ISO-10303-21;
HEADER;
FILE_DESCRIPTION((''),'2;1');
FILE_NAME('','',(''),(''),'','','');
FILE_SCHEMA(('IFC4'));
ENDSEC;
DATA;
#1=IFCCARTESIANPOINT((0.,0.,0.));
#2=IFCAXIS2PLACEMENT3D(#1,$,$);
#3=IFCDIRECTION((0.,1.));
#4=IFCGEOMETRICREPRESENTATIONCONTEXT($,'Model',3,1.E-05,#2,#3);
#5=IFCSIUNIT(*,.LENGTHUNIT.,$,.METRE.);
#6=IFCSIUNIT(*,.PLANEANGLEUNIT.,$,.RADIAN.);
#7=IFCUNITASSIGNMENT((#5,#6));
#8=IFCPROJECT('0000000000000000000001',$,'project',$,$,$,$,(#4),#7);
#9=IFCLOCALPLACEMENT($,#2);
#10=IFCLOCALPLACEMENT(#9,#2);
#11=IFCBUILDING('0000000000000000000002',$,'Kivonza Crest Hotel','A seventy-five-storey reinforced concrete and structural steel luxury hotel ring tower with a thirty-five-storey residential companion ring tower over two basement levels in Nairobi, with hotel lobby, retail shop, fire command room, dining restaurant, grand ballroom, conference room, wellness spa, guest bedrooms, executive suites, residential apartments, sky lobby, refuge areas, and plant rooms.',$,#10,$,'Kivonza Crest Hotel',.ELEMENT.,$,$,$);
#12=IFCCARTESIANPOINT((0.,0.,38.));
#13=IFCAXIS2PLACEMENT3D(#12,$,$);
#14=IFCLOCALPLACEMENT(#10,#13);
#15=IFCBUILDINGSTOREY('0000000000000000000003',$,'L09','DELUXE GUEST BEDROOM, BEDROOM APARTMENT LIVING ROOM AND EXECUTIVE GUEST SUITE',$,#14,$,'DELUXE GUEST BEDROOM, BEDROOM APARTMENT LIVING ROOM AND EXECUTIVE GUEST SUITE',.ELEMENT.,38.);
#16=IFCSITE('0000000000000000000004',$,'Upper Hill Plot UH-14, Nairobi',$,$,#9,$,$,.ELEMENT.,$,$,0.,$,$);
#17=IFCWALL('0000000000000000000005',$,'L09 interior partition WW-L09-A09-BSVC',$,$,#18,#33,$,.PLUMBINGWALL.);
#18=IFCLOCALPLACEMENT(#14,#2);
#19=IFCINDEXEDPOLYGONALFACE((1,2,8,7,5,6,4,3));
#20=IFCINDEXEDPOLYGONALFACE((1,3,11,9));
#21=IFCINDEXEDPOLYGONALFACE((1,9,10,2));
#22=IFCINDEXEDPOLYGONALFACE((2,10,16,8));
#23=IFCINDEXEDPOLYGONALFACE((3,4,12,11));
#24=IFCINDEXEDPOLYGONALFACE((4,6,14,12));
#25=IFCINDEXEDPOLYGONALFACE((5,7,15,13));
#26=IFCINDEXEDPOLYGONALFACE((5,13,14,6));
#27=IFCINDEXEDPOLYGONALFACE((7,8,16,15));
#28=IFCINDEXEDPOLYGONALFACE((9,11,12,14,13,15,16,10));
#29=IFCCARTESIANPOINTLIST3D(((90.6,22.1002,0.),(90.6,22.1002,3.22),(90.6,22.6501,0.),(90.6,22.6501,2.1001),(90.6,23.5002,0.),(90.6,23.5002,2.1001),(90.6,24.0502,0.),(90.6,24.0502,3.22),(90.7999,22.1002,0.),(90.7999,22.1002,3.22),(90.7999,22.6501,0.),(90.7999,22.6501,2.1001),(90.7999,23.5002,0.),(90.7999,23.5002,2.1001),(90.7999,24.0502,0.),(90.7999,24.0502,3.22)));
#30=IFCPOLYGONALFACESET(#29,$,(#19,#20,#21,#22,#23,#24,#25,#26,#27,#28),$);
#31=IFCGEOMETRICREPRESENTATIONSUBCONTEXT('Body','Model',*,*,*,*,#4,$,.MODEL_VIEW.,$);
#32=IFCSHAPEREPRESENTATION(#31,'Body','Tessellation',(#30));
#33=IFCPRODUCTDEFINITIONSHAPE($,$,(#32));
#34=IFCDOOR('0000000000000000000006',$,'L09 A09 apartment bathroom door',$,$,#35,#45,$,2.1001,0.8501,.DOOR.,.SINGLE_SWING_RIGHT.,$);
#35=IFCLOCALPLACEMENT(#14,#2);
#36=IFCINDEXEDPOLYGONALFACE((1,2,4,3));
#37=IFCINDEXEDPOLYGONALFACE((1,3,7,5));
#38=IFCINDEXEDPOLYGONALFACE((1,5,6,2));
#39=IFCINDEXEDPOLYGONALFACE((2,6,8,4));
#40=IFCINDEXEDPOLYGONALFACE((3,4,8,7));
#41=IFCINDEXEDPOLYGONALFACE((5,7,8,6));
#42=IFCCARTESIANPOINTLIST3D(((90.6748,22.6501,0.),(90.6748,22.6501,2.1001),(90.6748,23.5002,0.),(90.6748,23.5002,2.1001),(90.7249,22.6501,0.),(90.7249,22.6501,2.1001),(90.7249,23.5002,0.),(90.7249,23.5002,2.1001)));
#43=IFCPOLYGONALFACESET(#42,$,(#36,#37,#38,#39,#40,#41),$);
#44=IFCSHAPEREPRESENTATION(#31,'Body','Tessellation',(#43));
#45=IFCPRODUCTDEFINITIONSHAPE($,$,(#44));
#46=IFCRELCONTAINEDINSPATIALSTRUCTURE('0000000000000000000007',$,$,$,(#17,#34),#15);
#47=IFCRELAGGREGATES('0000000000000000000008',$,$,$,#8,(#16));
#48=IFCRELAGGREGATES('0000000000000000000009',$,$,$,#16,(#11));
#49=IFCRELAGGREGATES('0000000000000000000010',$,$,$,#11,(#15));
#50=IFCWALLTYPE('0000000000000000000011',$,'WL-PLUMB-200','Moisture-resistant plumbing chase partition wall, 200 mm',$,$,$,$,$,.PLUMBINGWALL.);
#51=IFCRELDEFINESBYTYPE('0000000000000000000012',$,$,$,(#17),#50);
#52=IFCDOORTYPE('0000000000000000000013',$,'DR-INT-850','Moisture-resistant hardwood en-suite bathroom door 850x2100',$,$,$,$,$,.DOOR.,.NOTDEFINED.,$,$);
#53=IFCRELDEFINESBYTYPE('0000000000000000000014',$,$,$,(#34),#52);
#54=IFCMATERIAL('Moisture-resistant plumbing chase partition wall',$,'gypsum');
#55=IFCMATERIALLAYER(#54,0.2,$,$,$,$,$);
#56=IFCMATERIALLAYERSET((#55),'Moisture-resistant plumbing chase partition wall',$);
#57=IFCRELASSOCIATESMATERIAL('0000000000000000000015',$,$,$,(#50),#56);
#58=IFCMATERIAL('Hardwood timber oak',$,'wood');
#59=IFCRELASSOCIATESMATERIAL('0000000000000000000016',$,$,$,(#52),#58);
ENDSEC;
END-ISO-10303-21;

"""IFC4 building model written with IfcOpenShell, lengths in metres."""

from ifc_helpers import new_model, si_unit, direction, frame, frame_2d, origin, place, context, subcontext, project, spatial, rectangle, extrude, material, layer, layer_set, type_object, element, fill, save


model = new_model("IFC4")

# Units and contexts
model_context = context("Model", 3, precision=1e-05, world=origin(), true_north=direction((0.0, 1.0)))
body_context = subcontext(model_context, "Body", "Model", "MODEL_VIEW")
ifc_project = project(units=[si_unit("LENGTHUNIT", "METRE"), si_unit("PLANEANGLEUNIT", "RADIAN")], contexts=[model_context])

# Site, building, storey
site_placement = place(None, origin())
site = spatial("IfcSite", under=ifc_project, at=site_placement, Name="Upper Hill Plot UH-14, Nairobi", CompositionType="ELEMENT", RefElevation=0.0)
building_placement = place(site_placement, origin())
building = spatial("IfcBuilding", under=site, at=building_placement, Name="Kivonza Crest Hotel", Description="A seventy-five-storey reinforced concrete and structural steel luxury hotel ring tower with a thirty-five-storey residential companion ring tower over two basement levels in Nairobi, with hotel lobby, retail shop, fire command room, dining restaurant, grand ballroom, conference room, wellness spa, guest bedrooms, executive suites, residential apartments, sky lobby, refuge areas, and plant rooms.", LongName="Kivonza Crest Hotel", CompositionType="ELEMENT")
storey_placement = place(building_placement, frame((0.0, 0.0, 38.0)))
storey = spatial("IfcBuildingStorey", under=building, at=storey_placement, Name="L09", Description="DELUXE GUEST BEDROOM, BEDROOM APARTMENT LIVING ROOM AND EXECUTIVE GUEST SUITE", LongName="DELUXE GUEST BEDROOM, BEDROOM APARTMENT LIVING ROOM AND EXECUTIVE GUEST SUITE", CompositionType="ELEMENT", Elevation=38.0)

# Shared definitions
ifc_material_1 = material(Name="Hardwood timber oak", Category="wood")

# Shared definitions
ifc_material_2 = material(Name="Moisture-resistant plumbing chase partition wall", Category="gypsum")
ifc_layer_1 = layer(ifc_material_2, 0.2)
ifc_layer_set_1 = layer_set([ifc_layer_1], Name="Moisture-resistant plumbing chase partition wall")
wall_type_1 = type_object("IfcWallType", Name="WL-PLUMB-200", Description="Moisture-resistant plumbing chase partition wall, 200 mm", PredefinedType="PLUMBINGWALL", material=ifc_layer_set_1)

# Wall, opening, door
wall_1_placement = place(storey_placement, frame((90.7, 22.1001, 0.0), z_axis=(0.0, 0.0, 1.0), x_axis=(0.0, 1.0, 0.0)))
wall_1 = element("IfcWall", 1, at=wall_1_placement, inside=storey, type_object=wall_type_1, Name="L09 interior partition WW-L09-A09-BSVC", PredefinedType="PLUMBINGWALL", context=body_context, shape_type="SweptSolid", body=[
    extrude(rectangle(XDim=1.95, YDim=0.2, at=frame_2d((0.9751, 0.0))), origin(), (0.0, 0.0, 1.0), 3.22),
])
opening_1_placement = place(wall_1_placement, frame((0.55, 0.0, 0.0)))
opening_1 = element("IfcOpeningElement", 2, at=opening_1_placement, cuts=wall_1, PredefinedType="OPENING", context=body_context, shape_type="SweptSolid", body=[
    extrude(rectangle(XDim=0.8501, YDim=2.1001, at=frame_2d((0.425, 1.05))), frame((0.0, 0.1099, 0.0), z_axis=(0.0, -1.0, 0.0), x_axis=(1.0, 0.0, 0.0)), (0.0, 0.0, 1.0), 0.22),
])
door_type_1 = type_object("IfcDoorType", Name="DR-INT-850", Description="Moisture-resistant hardwood en-suite bathroom door 850x2100", OperationType="NOTDEFINED", PredefinedType="DOOR", material=ifc_material_1)
door_1_placement = place(opening_1_placement, frame((0.8501, 0.0, 0.0), z_axis=(0.0, 0.0, 1.0), x_axis=(-1.0, 0.0, 0.0)))
door_1 = element("IfcDoor", 3, at=door_1_placement, inside=storey, type_object=door_type_1, Name="L09 A09 apartment bathroom door", OperationType="SINGLE_SWING_RIGHT", OverallHeight=2.1001, OverallWidth=0.8501, PredefinedType="DOOR", context=body_context, shape_type="SweptSolid", body=[
    extrude(rectangle(XDim=0.8501, YDim=2.1001, at=frame_2d((0.425, 1.05))), frame((0.0, 0.0249, 0.0), z_axis=(0.0, -1.0, 0.0), x_axis=(1.0, 0.0, 0.0)), (0.0, 0.0, 1.0), 0.05),
])
fill(opening_1, door_1)

save(model, "model.ifc")
